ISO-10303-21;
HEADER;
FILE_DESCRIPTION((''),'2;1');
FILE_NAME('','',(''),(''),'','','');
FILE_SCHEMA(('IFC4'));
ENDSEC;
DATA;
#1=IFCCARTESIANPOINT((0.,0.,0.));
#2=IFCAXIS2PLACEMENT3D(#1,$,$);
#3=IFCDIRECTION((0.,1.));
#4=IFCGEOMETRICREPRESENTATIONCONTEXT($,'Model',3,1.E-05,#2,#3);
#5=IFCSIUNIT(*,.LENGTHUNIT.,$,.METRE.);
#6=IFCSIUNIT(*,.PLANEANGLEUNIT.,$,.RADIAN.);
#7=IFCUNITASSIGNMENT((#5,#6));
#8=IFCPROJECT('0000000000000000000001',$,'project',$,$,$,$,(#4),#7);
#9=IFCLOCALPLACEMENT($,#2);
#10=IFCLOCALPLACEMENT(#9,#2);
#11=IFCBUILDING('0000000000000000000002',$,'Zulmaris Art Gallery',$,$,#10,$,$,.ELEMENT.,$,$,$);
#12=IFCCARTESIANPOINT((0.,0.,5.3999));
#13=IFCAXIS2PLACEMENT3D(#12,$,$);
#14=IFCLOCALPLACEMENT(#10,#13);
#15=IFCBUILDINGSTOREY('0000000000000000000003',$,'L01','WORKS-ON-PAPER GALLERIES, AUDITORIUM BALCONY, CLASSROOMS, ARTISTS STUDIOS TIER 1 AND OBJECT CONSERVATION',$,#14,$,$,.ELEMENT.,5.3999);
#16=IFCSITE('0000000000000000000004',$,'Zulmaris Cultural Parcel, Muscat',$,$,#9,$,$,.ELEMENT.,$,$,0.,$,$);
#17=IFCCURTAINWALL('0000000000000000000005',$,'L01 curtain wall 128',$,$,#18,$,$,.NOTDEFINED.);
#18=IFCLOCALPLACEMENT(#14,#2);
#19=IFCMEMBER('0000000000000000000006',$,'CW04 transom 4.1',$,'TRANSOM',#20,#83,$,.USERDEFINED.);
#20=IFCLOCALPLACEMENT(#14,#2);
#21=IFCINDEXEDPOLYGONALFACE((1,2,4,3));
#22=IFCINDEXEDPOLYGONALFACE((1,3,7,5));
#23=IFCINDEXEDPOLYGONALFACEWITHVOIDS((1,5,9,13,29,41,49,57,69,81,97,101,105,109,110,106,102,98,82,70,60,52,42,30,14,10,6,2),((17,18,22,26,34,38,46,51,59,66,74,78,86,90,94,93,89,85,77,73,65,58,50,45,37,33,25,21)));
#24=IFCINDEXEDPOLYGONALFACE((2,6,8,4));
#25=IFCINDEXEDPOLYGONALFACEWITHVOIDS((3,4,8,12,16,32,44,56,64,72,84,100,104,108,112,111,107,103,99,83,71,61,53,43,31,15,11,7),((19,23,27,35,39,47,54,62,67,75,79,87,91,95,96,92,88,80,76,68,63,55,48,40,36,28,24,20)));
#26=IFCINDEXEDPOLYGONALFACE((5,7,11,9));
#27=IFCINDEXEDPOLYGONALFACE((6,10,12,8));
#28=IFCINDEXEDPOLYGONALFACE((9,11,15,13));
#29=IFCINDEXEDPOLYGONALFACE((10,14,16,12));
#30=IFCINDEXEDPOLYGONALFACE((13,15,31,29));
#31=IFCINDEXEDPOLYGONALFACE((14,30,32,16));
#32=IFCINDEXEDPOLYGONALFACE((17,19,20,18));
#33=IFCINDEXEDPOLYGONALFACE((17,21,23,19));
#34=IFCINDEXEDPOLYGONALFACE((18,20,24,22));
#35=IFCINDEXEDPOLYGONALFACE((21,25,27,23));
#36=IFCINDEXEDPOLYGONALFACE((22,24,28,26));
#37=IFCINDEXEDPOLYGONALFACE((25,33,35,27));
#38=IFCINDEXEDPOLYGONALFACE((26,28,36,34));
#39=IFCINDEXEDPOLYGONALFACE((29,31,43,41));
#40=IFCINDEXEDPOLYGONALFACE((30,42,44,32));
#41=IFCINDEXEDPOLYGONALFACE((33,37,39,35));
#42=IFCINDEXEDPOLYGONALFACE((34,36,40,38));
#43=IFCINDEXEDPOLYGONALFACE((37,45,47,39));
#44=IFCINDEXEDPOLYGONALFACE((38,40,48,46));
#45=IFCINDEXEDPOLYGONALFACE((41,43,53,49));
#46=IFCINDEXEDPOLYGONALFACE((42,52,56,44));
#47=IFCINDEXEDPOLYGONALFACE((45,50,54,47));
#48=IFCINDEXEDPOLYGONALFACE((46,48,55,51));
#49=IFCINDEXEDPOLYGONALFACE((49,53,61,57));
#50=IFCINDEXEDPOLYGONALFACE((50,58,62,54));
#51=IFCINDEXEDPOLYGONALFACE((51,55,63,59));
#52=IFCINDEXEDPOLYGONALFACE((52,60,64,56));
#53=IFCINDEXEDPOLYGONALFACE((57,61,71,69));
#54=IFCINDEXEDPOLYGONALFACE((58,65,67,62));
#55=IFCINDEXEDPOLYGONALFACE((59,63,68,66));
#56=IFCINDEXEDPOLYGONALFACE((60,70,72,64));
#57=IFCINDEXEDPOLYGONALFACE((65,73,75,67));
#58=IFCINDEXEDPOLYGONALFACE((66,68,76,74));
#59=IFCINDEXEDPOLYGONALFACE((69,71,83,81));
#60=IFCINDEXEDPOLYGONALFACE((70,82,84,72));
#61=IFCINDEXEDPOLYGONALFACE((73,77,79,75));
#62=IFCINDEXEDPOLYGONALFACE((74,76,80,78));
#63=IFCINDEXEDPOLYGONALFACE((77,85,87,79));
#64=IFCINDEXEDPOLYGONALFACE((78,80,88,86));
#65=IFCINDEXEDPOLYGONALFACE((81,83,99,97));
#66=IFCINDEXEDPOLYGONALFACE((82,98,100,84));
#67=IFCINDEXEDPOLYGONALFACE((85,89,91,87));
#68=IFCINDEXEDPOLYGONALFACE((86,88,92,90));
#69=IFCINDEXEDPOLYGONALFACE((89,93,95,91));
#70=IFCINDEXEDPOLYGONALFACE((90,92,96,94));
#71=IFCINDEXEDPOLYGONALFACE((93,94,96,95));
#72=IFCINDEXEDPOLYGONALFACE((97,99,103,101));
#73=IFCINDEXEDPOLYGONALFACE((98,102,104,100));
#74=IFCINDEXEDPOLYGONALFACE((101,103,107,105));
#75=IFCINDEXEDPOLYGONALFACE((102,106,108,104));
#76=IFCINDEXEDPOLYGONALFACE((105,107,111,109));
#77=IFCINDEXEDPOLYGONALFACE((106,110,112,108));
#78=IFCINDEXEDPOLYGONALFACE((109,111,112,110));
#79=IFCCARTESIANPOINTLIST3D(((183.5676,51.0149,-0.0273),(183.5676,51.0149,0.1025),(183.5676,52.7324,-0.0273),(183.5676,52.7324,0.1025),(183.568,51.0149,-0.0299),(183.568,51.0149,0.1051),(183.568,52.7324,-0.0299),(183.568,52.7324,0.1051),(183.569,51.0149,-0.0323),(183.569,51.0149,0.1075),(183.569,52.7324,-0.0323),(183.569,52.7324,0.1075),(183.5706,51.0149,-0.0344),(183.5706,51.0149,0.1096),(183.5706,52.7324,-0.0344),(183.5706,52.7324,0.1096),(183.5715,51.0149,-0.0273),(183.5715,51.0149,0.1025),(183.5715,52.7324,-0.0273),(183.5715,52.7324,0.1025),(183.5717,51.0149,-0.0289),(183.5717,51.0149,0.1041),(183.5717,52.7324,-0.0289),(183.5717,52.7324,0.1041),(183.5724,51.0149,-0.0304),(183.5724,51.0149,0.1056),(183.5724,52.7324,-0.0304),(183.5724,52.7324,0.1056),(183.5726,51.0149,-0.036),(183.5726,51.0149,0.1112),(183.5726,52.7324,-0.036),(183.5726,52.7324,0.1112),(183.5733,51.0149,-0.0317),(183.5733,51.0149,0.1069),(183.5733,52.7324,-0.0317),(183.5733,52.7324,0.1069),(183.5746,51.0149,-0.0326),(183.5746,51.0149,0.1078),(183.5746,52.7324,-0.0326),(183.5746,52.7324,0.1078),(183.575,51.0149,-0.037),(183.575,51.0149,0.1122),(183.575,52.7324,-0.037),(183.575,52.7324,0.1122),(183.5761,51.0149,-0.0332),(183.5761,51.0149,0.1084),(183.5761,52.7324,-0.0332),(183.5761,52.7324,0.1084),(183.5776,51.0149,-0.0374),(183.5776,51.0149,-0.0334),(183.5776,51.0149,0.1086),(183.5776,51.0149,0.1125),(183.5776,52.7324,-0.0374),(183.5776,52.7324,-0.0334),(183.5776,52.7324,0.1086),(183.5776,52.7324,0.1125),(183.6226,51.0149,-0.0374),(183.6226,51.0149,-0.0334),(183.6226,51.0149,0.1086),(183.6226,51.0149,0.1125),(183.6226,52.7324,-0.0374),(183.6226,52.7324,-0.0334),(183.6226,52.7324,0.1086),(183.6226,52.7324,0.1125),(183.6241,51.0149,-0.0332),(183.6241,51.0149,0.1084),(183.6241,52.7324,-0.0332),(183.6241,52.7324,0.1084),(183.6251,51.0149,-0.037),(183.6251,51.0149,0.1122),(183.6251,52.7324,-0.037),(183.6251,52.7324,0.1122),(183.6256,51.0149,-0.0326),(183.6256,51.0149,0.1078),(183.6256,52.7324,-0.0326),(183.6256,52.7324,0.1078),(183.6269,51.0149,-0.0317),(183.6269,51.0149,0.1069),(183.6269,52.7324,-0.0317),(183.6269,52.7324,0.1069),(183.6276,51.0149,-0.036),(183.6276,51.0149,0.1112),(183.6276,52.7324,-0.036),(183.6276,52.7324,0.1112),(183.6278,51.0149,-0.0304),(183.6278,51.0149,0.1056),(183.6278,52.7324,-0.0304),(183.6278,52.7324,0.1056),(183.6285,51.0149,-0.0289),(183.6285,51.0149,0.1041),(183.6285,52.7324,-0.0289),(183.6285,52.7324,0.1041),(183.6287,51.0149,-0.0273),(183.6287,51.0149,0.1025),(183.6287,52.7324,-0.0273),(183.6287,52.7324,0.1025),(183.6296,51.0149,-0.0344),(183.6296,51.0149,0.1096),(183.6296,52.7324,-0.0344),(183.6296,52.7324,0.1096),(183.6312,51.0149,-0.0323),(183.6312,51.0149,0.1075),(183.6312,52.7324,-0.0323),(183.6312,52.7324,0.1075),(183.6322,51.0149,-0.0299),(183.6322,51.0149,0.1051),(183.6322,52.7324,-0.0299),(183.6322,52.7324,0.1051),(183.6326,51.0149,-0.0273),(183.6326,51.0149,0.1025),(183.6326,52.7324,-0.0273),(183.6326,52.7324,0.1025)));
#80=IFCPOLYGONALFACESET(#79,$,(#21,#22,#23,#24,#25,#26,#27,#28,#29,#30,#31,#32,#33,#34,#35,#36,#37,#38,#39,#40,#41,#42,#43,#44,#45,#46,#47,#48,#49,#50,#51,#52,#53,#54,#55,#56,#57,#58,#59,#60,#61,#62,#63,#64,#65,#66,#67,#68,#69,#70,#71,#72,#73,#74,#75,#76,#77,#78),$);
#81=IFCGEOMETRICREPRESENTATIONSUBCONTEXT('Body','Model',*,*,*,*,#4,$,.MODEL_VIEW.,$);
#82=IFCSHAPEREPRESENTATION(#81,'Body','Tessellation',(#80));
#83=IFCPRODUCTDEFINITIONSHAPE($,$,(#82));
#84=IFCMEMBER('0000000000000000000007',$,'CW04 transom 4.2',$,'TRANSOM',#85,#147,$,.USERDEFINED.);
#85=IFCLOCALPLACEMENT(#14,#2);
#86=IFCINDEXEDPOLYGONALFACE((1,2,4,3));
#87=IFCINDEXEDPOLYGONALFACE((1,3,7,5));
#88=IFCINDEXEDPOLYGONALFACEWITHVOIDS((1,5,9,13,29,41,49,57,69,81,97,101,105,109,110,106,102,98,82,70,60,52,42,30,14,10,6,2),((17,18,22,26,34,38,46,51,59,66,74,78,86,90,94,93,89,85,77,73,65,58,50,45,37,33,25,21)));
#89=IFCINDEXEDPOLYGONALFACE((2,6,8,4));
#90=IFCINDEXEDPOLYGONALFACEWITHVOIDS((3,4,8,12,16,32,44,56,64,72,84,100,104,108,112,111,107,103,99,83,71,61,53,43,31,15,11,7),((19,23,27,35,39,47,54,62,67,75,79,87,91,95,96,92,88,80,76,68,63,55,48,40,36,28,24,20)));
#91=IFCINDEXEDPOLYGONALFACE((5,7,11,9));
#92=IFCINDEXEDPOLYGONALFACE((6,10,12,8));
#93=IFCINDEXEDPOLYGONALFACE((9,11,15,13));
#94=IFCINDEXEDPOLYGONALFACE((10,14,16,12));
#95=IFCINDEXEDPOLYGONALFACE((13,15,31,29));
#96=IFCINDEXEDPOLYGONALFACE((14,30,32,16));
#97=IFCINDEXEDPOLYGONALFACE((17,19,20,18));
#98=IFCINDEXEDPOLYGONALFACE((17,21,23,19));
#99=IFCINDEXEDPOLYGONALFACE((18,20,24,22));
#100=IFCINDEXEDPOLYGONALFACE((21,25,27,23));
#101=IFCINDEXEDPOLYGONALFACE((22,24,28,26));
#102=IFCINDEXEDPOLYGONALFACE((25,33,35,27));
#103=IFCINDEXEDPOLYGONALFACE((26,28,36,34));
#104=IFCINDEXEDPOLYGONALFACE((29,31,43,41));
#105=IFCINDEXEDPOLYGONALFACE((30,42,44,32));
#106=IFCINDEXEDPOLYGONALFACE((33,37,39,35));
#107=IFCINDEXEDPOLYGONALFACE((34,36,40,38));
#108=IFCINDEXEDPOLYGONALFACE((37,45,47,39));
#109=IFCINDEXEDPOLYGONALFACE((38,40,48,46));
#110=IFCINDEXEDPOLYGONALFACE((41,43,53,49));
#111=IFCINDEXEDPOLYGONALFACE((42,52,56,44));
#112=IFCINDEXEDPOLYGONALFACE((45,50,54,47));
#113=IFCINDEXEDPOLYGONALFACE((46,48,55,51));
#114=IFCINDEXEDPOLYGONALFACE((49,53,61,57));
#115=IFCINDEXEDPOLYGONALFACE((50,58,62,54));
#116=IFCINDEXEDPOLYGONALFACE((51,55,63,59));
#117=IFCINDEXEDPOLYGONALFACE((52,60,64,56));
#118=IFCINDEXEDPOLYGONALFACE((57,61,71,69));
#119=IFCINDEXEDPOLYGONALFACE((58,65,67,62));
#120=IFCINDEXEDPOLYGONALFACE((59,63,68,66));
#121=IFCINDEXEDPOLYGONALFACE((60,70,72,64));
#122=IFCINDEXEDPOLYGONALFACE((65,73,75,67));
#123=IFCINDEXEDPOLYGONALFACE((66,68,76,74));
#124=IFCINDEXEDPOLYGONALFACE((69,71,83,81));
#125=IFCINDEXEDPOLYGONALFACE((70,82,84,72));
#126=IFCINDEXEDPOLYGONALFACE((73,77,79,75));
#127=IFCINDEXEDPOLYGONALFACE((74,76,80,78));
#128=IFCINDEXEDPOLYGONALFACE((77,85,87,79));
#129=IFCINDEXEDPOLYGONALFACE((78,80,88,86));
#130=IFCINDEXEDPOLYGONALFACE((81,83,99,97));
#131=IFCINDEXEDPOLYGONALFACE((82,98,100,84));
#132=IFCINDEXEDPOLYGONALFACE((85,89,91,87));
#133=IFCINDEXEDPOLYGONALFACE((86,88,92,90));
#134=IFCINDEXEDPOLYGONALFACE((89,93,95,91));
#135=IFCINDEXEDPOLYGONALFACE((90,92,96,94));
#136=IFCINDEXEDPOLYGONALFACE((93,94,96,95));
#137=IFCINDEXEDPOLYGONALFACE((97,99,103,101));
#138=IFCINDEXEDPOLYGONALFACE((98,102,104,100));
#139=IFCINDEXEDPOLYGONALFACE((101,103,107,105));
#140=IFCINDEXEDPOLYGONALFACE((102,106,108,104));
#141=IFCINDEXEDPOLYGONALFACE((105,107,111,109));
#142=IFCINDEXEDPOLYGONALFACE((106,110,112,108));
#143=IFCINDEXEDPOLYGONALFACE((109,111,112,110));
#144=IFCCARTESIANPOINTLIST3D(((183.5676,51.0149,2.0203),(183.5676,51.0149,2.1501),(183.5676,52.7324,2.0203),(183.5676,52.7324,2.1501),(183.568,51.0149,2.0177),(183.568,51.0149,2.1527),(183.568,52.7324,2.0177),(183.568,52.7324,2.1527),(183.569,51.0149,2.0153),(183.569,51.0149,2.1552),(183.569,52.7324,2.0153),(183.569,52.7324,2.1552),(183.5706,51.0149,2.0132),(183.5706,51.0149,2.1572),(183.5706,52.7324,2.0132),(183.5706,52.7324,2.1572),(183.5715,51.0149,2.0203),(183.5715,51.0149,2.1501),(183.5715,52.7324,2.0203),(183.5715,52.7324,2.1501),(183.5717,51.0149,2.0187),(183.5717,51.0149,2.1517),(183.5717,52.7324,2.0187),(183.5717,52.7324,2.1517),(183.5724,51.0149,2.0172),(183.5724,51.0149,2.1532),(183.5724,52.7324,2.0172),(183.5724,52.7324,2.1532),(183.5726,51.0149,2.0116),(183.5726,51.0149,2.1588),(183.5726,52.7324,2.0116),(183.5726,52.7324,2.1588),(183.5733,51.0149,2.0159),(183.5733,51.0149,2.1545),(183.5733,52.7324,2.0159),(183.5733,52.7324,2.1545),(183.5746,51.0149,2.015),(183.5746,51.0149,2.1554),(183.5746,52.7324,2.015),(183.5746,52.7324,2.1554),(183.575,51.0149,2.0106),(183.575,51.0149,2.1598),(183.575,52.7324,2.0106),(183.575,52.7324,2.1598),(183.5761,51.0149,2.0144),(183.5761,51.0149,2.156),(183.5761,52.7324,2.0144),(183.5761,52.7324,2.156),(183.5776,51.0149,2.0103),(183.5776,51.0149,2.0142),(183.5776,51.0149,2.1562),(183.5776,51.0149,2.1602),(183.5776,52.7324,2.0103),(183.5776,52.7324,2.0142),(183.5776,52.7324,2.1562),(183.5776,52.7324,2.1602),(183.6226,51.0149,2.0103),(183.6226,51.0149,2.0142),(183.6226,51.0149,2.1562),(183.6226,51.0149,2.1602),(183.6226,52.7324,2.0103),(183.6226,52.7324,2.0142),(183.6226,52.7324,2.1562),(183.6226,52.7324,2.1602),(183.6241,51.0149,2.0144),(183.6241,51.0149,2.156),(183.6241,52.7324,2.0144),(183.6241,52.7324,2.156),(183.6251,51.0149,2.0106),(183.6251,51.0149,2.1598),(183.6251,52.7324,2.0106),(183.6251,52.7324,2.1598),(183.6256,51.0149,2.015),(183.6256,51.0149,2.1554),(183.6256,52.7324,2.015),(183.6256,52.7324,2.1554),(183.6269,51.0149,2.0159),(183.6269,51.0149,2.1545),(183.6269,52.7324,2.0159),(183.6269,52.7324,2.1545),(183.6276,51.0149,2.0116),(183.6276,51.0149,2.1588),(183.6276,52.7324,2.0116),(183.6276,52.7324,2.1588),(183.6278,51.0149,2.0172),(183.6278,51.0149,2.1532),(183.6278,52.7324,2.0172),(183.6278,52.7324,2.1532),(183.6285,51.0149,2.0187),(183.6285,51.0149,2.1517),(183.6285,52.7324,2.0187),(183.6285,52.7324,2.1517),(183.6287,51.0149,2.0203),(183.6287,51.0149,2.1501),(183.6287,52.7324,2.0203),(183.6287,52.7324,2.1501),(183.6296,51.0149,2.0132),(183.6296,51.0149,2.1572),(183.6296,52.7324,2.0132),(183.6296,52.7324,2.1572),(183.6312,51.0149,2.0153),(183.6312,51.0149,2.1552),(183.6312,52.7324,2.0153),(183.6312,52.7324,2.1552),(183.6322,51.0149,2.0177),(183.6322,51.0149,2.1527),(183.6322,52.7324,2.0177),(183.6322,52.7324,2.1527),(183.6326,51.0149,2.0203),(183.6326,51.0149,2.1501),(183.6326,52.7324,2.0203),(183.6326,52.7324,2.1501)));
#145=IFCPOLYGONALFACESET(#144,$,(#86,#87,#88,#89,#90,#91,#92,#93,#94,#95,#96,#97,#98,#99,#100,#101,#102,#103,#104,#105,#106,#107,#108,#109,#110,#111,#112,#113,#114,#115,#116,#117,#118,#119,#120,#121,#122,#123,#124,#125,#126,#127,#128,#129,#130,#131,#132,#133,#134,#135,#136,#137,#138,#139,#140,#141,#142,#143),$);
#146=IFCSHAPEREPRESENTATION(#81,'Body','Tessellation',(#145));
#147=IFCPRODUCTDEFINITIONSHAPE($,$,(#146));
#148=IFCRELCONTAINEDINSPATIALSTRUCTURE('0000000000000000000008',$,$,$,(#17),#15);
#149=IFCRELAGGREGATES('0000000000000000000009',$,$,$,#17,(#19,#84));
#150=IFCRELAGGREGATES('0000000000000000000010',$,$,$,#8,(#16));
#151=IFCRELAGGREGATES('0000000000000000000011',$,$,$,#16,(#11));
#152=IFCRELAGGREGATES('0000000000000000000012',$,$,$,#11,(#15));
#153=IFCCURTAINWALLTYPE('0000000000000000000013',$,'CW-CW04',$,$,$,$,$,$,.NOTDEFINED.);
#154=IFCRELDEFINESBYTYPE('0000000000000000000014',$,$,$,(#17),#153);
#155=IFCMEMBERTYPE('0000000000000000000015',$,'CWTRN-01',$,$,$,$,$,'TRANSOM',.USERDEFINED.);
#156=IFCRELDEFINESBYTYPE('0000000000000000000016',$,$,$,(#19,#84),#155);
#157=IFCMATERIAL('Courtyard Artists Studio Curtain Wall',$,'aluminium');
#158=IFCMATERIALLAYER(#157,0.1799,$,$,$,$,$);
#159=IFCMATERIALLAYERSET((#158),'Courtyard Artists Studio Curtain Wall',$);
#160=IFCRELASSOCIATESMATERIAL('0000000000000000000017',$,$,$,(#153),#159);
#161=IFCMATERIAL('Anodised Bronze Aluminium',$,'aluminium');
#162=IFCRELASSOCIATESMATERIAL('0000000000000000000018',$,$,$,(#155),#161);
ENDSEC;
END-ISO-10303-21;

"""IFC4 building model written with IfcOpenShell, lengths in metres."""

from ifc_helpers import new_model, si_unit, direction, frame, origin, origin_2d, place, context, subcontext, project, spatial, hollow_rectangle, extrude, material, layer, layer_set, material_profile, profile_set, type_object, element, aggregate, save


model = new_model("IFC4")

# Units and contexts
model_context = context("Model", 3, precision=1e-05, world=origin(), true_north=direction((0.0, 1.0)))
body_context = subcontext(model_context, "Body", "Model", "MODEL_VIEW")
ifc_project = project(units=[si_unit("LENGTHUNIT", "METRE"), si_unit("PLANEANGLEUNIT", "RADIAN")], contexts=[model_context])

# Site, building, storey
site_placement = place(None, origin())
site = spatial("IfcSite", under=ifc_project, at=site_placement, Name="Zulmaris Cultural Parcel, Muscat", CompositionType="ELEMENT", RefElevation=0.0)
building_placement = place(site_placement, origin())
building = spatial("IfcBuilding", under=site, at=building_placement, Name="Zulmaris Art Gallery", CompositionType="ELEMENT")
storey_placement = place(building_placement, frame((0.0, 0.0, 5.3999)))
storey = spatial("IfcBuildingStorey", under=building, at=storey_placement, Name="L01", Description="WORKS-ON-PAPER GALLERIES, AUDITORIUM BALCONY, CLASSROOMS, ARTISTS STUDIOS TIER 1 AND OBJECT CONSERVATION", CompositionType="ELEMENT", Elevation=5.3999)

# Curtain wall
ifc_material_1 = material(Name="Courtyard Artists Studio Curtain Wall", Category="aluminium")
ifc_layer_1 = layer(ifc_material_1, 0.1799)
ifc_layer_set_1 = layer_set([ifc_layer_1], Name="Courtyard Artists Studio Curtain Wall")
curtain_wall_type = type_object("IfcCurtainWallType", Name="CW-CW04", PredefinedType="NOTDEFINED", material=ifc_layer_set_1)
ifc_material_2 = material(Name="Anodised Bronze Aluminium", Category="aluminium")
curtain_wall_1_placement = place(storey_placement, origin())
curtain_wall_1 = element("IfcCurtainWall", 1, at=curtain_wall_1_placement, inside=storey, type_object=curtain_wall_type, Name="L01 curtain wall 128", PredefinedType="NOTDEFINED")

# Members
ifc_material_profile_1 = material_profile(ifc_material_2, hollow_rectangle(XDim=0.0649, YDim=0.1499, WallThickness=0.0039, InnerFilletRadius=0.0061, OuterFilletRadius=0.01, at=origin_2d()), Name="ALU 65x150x4")
ifc_profile_set_1 = profile_set([ifc_material_profile_1], Name="Anodised Bronze Aluminium")
member_type_1 = type_object("IfcMemberType", Name="CWTRN-01", ElementType="TRANSOM", PredefinedType="USERDEFINED", material=ifc_profile_set_1)
member_1_placement = place(storey_placement, frame((183.6001, 52.7324, 0.0376), z_axis=(0.0, -1.0, 0.0), x_axis=(1.0, 0.0, 0.0)))
member_1 = element("IfcMember", 2, at=member_1_placement, type_object=member_type_1, Name="CW04 transom 4.1", ObjectType="TRANSOM", PredefinedType="USERDEFINED", context=body_context, shape_type="SweptSolid", body=[
    extrude(hollow_rectangle(XDim=0.0649, YDim=0.1499, WallThickness=0.0039, InnerFilletRadius=0.0061, OuterFilletRadius=0.01, at=origin_2d()), origin(), (0.0, 0.0, 1.0), 1.7175),
])
member_2_placement = place(storey_placement, frame((183.6001, 52.7324, 2.0852), z_axis=(0.0, -1.0, 0.0), x_axis=(1.0, 0.0, 0.0)))
member_2 = element("IfcMember", 3, at=member_2_placement, type_object=member_type_1, Name="CW04 transom 4.2", ObjectType="TRANSOM", PredefinedType="USERDEFINED", context=body_context, shape_type="SweptSolid", body=[
    extrude(hollow_rectangle(XDim=0.0649, YDim=0.1499, WallThickness=0.0039, InnerFilletRadius=0.0061, OuterFilletRadius=0.01, at=origin_2d()), origin(), (0.0, 0.0, 1.0), 1.7175),
])

aggregate(curtain_wall_1, [member_1, member_2])

save(model, "model.ifc")
